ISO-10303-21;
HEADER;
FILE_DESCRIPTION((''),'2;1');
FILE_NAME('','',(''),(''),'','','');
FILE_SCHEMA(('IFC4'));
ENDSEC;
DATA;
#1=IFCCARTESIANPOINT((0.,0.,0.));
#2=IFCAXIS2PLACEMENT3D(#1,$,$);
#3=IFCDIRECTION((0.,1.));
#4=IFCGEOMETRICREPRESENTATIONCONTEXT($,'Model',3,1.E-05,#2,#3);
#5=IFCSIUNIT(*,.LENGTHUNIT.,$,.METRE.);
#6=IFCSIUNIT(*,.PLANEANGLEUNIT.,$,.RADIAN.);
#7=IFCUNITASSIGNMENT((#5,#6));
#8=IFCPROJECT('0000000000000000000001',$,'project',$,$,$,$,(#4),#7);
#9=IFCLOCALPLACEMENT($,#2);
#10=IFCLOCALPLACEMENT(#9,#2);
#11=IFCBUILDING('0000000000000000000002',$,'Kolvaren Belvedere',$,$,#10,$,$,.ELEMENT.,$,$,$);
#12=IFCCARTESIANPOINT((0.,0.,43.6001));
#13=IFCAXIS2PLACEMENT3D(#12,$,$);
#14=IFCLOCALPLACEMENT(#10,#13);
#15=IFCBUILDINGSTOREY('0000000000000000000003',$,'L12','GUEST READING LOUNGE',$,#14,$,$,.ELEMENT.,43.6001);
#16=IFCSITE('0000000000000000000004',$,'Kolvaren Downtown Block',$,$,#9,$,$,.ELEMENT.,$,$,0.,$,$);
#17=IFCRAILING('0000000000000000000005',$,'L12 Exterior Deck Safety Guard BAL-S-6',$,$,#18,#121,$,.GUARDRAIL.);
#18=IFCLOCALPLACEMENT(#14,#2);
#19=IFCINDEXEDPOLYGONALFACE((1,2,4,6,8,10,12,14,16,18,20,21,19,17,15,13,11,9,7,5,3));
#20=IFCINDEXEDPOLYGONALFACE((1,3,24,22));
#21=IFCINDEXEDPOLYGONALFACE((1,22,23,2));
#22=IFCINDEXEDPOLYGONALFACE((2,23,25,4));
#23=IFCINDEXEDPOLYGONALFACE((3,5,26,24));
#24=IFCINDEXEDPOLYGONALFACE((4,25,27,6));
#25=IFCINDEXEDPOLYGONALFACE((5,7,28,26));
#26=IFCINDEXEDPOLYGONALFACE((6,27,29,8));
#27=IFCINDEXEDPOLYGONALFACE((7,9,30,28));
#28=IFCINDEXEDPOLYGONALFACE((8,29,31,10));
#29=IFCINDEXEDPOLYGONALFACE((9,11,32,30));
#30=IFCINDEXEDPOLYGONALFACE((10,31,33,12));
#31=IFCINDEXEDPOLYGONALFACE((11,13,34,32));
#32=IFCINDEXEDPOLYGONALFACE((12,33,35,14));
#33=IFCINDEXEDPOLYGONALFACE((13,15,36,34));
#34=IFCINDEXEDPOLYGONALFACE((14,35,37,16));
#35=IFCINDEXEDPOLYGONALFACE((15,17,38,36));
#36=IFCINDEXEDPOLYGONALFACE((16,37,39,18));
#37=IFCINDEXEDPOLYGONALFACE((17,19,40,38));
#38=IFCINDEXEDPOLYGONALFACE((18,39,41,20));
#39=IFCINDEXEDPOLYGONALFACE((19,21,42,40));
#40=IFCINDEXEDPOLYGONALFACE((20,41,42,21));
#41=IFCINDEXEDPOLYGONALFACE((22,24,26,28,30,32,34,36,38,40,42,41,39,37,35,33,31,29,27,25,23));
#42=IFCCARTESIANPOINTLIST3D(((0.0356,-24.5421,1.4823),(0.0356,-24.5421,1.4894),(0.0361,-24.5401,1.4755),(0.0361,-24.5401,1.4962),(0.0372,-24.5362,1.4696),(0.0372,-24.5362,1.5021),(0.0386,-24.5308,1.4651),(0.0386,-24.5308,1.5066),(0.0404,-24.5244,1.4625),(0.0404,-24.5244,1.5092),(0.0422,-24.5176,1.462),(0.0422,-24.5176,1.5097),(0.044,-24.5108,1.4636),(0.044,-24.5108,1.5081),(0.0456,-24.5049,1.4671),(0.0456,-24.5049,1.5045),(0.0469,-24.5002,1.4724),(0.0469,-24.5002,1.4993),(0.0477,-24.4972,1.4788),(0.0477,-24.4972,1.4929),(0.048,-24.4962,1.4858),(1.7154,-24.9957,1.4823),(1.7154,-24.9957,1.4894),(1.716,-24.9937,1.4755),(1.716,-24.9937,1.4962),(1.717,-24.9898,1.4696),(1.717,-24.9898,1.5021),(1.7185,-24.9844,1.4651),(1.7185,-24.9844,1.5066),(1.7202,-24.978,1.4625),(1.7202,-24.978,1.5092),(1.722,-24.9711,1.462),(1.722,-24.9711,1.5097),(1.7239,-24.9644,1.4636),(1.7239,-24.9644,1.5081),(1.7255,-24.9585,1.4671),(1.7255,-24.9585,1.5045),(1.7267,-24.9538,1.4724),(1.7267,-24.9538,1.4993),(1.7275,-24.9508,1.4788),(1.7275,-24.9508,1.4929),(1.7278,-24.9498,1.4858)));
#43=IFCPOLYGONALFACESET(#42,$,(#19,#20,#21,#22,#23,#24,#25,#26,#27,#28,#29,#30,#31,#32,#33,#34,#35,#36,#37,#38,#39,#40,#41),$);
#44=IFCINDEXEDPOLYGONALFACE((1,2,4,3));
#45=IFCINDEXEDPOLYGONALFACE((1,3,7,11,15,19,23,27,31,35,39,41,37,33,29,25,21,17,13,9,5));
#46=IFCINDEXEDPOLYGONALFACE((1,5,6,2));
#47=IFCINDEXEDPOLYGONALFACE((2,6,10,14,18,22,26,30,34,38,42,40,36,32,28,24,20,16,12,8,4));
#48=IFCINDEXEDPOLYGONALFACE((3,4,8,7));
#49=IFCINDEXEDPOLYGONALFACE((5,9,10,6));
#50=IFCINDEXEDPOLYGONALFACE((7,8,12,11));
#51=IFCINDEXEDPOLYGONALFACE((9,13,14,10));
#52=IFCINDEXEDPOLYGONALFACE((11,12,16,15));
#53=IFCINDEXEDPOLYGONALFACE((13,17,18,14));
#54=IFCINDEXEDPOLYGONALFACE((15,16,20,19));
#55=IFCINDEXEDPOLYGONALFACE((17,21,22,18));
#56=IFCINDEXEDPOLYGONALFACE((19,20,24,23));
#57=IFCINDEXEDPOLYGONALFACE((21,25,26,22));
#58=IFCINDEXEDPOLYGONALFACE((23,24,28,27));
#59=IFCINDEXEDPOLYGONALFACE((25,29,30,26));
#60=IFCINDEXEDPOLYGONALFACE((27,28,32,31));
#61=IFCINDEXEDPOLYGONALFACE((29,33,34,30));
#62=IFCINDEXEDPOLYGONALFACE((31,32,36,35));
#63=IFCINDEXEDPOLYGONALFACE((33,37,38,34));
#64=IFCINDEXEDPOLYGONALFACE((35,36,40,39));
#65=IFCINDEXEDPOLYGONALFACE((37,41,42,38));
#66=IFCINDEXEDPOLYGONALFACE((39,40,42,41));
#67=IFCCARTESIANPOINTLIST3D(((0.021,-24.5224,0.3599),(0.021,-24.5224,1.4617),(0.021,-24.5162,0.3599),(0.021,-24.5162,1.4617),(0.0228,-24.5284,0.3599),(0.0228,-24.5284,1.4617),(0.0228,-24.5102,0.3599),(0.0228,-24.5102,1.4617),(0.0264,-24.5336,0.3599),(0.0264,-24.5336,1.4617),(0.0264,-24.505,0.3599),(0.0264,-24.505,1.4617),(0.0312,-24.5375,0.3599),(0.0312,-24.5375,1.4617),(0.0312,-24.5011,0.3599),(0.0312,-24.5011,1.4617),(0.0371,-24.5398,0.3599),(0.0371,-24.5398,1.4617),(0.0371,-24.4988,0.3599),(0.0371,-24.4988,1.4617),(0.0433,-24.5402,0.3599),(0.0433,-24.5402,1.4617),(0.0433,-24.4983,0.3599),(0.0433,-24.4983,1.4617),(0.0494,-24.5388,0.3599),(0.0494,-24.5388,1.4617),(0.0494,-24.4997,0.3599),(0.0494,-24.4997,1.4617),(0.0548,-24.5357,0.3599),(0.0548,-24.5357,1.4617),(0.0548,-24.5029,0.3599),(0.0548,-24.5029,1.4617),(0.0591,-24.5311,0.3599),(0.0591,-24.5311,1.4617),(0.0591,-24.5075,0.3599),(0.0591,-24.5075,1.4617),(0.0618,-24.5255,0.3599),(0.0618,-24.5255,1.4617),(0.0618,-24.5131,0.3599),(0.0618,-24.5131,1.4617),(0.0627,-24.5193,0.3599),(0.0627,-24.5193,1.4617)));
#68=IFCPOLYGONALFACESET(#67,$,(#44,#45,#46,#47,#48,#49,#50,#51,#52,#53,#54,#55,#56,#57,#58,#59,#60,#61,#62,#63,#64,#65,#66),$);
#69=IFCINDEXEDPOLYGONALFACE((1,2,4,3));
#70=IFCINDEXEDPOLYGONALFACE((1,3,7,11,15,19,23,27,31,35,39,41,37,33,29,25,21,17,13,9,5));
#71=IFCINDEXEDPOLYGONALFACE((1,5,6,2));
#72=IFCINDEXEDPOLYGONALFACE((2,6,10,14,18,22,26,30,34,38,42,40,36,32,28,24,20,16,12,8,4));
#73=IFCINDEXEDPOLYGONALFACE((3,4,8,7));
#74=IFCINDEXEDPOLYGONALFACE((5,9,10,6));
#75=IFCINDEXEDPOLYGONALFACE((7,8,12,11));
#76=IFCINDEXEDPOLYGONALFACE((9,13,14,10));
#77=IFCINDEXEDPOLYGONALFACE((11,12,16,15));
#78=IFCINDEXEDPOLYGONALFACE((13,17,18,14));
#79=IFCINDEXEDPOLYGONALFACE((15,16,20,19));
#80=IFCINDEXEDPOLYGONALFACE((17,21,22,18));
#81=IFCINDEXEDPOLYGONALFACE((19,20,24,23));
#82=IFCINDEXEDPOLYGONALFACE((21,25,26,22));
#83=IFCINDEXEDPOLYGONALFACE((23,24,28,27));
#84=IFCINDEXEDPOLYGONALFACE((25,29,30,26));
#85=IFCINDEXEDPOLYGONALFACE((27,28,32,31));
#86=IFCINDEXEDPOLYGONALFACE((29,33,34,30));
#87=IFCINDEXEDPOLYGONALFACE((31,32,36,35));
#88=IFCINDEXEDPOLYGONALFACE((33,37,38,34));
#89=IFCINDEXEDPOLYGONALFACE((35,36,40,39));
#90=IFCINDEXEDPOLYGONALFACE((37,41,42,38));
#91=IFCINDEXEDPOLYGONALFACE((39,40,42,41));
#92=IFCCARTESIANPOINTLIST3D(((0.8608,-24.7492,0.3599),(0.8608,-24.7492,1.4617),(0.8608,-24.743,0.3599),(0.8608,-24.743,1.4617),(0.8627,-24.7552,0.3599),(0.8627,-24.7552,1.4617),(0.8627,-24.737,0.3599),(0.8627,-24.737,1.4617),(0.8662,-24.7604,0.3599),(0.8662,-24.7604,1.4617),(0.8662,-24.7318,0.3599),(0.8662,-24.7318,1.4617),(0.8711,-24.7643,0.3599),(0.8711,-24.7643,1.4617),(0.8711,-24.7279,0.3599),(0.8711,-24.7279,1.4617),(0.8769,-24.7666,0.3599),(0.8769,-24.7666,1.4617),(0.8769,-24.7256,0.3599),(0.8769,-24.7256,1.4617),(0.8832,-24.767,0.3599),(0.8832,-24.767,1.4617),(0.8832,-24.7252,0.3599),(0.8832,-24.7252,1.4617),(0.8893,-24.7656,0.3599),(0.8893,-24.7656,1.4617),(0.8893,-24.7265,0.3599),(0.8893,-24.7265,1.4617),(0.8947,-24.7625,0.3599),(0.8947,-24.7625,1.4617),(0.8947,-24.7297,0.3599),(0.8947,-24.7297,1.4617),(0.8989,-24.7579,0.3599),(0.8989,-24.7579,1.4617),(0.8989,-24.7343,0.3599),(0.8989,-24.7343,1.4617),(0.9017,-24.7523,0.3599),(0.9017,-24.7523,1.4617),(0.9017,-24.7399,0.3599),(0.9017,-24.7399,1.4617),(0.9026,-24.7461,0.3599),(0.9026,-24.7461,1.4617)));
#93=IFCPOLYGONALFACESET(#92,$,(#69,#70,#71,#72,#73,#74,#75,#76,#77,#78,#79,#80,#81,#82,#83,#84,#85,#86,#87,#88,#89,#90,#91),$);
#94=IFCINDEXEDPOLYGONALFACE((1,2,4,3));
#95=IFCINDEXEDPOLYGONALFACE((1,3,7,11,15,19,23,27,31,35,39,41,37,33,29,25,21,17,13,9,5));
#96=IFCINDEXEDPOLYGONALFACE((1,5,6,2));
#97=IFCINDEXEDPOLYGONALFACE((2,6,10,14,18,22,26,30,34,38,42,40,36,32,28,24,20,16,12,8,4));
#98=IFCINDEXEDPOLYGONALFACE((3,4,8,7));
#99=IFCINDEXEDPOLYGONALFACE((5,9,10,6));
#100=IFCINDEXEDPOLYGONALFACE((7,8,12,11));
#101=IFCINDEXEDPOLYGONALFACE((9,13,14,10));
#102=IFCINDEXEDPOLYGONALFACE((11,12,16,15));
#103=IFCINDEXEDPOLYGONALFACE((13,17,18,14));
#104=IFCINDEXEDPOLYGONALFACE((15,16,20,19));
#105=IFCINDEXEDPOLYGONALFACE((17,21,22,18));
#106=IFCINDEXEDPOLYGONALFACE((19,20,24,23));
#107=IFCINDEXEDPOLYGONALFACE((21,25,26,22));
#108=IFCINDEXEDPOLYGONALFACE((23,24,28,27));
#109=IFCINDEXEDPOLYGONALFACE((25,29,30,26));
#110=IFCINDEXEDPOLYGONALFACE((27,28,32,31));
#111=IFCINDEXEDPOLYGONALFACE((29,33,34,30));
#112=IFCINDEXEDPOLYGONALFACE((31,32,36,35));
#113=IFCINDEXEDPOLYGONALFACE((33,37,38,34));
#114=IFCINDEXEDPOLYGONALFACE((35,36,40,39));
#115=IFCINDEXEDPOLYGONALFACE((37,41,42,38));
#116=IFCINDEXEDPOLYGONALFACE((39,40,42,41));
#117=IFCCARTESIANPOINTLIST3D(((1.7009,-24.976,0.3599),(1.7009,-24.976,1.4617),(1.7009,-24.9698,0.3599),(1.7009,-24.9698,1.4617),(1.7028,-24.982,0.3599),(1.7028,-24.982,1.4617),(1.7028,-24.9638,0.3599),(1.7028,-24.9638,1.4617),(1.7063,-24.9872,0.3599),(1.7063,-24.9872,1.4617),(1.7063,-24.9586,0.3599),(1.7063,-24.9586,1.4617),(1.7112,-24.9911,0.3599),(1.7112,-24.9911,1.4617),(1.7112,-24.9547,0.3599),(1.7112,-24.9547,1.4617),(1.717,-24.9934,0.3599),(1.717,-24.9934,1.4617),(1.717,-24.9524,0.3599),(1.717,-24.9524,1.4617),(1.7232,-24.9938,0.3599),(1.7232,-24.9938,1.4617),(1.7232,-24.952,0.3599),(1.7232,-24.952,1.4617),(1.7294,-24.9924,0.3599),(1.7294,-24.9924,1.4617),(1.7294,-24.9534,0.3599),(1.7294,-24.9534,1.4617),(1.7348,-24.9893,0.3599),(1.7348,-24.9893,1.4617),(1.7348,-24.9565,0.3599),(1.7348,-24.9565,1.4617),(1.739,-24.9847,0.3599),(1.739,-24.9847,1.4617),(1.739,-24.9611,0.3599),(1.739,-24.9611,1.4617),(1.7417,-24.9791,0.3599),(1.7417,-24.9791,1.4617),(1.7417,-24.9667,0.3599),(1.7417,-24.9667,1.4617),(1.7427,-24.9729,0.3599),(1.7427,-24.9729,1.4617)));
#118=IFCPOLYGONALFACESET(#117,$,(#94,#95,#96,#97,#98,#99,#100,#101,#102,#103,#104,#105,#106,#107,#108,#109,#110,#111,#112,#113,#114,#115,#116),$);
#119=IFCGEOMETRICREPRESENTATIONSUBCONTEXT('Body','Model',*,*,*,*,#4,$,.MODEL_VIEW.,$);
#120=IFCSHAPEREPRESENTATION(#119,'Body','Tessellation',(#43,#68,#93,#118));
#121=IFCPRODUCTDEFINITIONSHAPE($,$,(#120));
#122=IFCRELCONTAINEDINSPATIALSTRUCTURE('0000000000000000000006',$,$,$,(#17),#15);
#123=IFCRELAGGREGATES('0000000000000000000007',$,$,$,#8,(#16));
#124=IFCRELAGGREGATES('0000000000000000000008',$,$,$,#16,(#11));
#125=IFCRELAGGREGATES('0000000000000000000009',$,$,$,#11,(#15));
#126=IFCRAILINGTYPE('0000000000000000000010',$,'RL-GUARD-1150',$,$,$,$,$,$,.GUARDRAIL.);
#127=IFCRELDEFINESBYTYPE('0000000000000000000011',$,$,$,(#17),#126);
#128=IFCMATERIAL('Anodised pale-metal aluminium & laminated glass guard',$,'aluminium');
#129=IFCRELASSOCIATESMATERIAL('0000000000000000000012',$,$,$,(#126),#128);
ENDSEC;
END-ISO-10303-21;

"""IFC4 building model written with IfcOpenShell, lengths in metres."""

from ifc_helpers import new_model, si_unit, direction, frame, origin, origin_2d, place, context, subcontext, project, spatial, circle, extrude, material, type_object, element, save


model = new_model("IFC4")

# Units and contexts
model_context = context("Model", 3, precision=1e-05, world=origin(), true_north=direction((0.0, 1.0)))
body_context = subcontext(model_context, "Body", "Model", "MODEL_VIEW")
ifc_project = project(units=[si_unit("LENGTHUNIT", "METRE"), si_unit("PLANEANGLEUNIT", "RADIAN")], contexts=[model_context])

# Site, building, storey
site_placement = place(None, origin())
site = spatial("IfcSite", under=ifc_project, at=site_placement, Name="Kolvaren Downtown Block", CompositionType="ELEMENT", RefElevation=0.0)
building_placement = place(site_placement, origin())
building = spatial("IfcBuilding", under=site, at=building_placement, Name="Kolvaren Belvedere", CompositionType="ELEMENT")
storey_placement = place(building_placement, frame((0.0, 0.0, 43.6001)))
storey = spatial("IfcBuildingStorey", under=building, at=storey_placement, Name="L12", Description="GUEST READING LOUNGE", CompositionType="ELEMENT", Elevation=43.6001)

# Railing
ifc_material_1 = material(Name="Anodised pale-metal aluminium & laminated glass guard", Category="aluminium")
railing_type = type_object("IfcRailingType", Name="RL-GUARD-1150", PredefinedType="GUARDRAIL", material=ifc_material_1)
railing_1_placement = place(storey_placement, frame((0.0417, -24.5193, 0.3599)))
element("IfcRailing", 1, at=railing_1_placement, inside=storey, type_object=railing_type, Name="L12 Exterior Deck Safety Guard BAL-S-6", PredefinedType="GUARDRAIL", context=body_context, shape_type="SweptSolid", body=[
    extrude(circle(Radius=0.0239, at=origin_2d()), frame((0.0, 0.0, 1.126), z_axis=(0.965424, -0.260683, 0.0), x_axis=(0.260683, 0.965424, 0.0)), (0.0, 0.0, 1.0), 1.74),
    extrude(circle(Radius=0.021, at=origin_2d()), origin(), (0.0, 0.0, 1.0), 1.1018),
    extrude(circle(Radius=0.021, at=origin_2d()), frame((0.8398, -0.2268, 0.0)), (0.0, 0.0, 1.0), 1.1018),
    extrude(circle(Radius=0.021, at=origin_2d()), frame((1.6799, -0.4536, 0.0)), (0.0, 0.0, 1.0), 1.1018),
])

save(model, "model.ifc")
